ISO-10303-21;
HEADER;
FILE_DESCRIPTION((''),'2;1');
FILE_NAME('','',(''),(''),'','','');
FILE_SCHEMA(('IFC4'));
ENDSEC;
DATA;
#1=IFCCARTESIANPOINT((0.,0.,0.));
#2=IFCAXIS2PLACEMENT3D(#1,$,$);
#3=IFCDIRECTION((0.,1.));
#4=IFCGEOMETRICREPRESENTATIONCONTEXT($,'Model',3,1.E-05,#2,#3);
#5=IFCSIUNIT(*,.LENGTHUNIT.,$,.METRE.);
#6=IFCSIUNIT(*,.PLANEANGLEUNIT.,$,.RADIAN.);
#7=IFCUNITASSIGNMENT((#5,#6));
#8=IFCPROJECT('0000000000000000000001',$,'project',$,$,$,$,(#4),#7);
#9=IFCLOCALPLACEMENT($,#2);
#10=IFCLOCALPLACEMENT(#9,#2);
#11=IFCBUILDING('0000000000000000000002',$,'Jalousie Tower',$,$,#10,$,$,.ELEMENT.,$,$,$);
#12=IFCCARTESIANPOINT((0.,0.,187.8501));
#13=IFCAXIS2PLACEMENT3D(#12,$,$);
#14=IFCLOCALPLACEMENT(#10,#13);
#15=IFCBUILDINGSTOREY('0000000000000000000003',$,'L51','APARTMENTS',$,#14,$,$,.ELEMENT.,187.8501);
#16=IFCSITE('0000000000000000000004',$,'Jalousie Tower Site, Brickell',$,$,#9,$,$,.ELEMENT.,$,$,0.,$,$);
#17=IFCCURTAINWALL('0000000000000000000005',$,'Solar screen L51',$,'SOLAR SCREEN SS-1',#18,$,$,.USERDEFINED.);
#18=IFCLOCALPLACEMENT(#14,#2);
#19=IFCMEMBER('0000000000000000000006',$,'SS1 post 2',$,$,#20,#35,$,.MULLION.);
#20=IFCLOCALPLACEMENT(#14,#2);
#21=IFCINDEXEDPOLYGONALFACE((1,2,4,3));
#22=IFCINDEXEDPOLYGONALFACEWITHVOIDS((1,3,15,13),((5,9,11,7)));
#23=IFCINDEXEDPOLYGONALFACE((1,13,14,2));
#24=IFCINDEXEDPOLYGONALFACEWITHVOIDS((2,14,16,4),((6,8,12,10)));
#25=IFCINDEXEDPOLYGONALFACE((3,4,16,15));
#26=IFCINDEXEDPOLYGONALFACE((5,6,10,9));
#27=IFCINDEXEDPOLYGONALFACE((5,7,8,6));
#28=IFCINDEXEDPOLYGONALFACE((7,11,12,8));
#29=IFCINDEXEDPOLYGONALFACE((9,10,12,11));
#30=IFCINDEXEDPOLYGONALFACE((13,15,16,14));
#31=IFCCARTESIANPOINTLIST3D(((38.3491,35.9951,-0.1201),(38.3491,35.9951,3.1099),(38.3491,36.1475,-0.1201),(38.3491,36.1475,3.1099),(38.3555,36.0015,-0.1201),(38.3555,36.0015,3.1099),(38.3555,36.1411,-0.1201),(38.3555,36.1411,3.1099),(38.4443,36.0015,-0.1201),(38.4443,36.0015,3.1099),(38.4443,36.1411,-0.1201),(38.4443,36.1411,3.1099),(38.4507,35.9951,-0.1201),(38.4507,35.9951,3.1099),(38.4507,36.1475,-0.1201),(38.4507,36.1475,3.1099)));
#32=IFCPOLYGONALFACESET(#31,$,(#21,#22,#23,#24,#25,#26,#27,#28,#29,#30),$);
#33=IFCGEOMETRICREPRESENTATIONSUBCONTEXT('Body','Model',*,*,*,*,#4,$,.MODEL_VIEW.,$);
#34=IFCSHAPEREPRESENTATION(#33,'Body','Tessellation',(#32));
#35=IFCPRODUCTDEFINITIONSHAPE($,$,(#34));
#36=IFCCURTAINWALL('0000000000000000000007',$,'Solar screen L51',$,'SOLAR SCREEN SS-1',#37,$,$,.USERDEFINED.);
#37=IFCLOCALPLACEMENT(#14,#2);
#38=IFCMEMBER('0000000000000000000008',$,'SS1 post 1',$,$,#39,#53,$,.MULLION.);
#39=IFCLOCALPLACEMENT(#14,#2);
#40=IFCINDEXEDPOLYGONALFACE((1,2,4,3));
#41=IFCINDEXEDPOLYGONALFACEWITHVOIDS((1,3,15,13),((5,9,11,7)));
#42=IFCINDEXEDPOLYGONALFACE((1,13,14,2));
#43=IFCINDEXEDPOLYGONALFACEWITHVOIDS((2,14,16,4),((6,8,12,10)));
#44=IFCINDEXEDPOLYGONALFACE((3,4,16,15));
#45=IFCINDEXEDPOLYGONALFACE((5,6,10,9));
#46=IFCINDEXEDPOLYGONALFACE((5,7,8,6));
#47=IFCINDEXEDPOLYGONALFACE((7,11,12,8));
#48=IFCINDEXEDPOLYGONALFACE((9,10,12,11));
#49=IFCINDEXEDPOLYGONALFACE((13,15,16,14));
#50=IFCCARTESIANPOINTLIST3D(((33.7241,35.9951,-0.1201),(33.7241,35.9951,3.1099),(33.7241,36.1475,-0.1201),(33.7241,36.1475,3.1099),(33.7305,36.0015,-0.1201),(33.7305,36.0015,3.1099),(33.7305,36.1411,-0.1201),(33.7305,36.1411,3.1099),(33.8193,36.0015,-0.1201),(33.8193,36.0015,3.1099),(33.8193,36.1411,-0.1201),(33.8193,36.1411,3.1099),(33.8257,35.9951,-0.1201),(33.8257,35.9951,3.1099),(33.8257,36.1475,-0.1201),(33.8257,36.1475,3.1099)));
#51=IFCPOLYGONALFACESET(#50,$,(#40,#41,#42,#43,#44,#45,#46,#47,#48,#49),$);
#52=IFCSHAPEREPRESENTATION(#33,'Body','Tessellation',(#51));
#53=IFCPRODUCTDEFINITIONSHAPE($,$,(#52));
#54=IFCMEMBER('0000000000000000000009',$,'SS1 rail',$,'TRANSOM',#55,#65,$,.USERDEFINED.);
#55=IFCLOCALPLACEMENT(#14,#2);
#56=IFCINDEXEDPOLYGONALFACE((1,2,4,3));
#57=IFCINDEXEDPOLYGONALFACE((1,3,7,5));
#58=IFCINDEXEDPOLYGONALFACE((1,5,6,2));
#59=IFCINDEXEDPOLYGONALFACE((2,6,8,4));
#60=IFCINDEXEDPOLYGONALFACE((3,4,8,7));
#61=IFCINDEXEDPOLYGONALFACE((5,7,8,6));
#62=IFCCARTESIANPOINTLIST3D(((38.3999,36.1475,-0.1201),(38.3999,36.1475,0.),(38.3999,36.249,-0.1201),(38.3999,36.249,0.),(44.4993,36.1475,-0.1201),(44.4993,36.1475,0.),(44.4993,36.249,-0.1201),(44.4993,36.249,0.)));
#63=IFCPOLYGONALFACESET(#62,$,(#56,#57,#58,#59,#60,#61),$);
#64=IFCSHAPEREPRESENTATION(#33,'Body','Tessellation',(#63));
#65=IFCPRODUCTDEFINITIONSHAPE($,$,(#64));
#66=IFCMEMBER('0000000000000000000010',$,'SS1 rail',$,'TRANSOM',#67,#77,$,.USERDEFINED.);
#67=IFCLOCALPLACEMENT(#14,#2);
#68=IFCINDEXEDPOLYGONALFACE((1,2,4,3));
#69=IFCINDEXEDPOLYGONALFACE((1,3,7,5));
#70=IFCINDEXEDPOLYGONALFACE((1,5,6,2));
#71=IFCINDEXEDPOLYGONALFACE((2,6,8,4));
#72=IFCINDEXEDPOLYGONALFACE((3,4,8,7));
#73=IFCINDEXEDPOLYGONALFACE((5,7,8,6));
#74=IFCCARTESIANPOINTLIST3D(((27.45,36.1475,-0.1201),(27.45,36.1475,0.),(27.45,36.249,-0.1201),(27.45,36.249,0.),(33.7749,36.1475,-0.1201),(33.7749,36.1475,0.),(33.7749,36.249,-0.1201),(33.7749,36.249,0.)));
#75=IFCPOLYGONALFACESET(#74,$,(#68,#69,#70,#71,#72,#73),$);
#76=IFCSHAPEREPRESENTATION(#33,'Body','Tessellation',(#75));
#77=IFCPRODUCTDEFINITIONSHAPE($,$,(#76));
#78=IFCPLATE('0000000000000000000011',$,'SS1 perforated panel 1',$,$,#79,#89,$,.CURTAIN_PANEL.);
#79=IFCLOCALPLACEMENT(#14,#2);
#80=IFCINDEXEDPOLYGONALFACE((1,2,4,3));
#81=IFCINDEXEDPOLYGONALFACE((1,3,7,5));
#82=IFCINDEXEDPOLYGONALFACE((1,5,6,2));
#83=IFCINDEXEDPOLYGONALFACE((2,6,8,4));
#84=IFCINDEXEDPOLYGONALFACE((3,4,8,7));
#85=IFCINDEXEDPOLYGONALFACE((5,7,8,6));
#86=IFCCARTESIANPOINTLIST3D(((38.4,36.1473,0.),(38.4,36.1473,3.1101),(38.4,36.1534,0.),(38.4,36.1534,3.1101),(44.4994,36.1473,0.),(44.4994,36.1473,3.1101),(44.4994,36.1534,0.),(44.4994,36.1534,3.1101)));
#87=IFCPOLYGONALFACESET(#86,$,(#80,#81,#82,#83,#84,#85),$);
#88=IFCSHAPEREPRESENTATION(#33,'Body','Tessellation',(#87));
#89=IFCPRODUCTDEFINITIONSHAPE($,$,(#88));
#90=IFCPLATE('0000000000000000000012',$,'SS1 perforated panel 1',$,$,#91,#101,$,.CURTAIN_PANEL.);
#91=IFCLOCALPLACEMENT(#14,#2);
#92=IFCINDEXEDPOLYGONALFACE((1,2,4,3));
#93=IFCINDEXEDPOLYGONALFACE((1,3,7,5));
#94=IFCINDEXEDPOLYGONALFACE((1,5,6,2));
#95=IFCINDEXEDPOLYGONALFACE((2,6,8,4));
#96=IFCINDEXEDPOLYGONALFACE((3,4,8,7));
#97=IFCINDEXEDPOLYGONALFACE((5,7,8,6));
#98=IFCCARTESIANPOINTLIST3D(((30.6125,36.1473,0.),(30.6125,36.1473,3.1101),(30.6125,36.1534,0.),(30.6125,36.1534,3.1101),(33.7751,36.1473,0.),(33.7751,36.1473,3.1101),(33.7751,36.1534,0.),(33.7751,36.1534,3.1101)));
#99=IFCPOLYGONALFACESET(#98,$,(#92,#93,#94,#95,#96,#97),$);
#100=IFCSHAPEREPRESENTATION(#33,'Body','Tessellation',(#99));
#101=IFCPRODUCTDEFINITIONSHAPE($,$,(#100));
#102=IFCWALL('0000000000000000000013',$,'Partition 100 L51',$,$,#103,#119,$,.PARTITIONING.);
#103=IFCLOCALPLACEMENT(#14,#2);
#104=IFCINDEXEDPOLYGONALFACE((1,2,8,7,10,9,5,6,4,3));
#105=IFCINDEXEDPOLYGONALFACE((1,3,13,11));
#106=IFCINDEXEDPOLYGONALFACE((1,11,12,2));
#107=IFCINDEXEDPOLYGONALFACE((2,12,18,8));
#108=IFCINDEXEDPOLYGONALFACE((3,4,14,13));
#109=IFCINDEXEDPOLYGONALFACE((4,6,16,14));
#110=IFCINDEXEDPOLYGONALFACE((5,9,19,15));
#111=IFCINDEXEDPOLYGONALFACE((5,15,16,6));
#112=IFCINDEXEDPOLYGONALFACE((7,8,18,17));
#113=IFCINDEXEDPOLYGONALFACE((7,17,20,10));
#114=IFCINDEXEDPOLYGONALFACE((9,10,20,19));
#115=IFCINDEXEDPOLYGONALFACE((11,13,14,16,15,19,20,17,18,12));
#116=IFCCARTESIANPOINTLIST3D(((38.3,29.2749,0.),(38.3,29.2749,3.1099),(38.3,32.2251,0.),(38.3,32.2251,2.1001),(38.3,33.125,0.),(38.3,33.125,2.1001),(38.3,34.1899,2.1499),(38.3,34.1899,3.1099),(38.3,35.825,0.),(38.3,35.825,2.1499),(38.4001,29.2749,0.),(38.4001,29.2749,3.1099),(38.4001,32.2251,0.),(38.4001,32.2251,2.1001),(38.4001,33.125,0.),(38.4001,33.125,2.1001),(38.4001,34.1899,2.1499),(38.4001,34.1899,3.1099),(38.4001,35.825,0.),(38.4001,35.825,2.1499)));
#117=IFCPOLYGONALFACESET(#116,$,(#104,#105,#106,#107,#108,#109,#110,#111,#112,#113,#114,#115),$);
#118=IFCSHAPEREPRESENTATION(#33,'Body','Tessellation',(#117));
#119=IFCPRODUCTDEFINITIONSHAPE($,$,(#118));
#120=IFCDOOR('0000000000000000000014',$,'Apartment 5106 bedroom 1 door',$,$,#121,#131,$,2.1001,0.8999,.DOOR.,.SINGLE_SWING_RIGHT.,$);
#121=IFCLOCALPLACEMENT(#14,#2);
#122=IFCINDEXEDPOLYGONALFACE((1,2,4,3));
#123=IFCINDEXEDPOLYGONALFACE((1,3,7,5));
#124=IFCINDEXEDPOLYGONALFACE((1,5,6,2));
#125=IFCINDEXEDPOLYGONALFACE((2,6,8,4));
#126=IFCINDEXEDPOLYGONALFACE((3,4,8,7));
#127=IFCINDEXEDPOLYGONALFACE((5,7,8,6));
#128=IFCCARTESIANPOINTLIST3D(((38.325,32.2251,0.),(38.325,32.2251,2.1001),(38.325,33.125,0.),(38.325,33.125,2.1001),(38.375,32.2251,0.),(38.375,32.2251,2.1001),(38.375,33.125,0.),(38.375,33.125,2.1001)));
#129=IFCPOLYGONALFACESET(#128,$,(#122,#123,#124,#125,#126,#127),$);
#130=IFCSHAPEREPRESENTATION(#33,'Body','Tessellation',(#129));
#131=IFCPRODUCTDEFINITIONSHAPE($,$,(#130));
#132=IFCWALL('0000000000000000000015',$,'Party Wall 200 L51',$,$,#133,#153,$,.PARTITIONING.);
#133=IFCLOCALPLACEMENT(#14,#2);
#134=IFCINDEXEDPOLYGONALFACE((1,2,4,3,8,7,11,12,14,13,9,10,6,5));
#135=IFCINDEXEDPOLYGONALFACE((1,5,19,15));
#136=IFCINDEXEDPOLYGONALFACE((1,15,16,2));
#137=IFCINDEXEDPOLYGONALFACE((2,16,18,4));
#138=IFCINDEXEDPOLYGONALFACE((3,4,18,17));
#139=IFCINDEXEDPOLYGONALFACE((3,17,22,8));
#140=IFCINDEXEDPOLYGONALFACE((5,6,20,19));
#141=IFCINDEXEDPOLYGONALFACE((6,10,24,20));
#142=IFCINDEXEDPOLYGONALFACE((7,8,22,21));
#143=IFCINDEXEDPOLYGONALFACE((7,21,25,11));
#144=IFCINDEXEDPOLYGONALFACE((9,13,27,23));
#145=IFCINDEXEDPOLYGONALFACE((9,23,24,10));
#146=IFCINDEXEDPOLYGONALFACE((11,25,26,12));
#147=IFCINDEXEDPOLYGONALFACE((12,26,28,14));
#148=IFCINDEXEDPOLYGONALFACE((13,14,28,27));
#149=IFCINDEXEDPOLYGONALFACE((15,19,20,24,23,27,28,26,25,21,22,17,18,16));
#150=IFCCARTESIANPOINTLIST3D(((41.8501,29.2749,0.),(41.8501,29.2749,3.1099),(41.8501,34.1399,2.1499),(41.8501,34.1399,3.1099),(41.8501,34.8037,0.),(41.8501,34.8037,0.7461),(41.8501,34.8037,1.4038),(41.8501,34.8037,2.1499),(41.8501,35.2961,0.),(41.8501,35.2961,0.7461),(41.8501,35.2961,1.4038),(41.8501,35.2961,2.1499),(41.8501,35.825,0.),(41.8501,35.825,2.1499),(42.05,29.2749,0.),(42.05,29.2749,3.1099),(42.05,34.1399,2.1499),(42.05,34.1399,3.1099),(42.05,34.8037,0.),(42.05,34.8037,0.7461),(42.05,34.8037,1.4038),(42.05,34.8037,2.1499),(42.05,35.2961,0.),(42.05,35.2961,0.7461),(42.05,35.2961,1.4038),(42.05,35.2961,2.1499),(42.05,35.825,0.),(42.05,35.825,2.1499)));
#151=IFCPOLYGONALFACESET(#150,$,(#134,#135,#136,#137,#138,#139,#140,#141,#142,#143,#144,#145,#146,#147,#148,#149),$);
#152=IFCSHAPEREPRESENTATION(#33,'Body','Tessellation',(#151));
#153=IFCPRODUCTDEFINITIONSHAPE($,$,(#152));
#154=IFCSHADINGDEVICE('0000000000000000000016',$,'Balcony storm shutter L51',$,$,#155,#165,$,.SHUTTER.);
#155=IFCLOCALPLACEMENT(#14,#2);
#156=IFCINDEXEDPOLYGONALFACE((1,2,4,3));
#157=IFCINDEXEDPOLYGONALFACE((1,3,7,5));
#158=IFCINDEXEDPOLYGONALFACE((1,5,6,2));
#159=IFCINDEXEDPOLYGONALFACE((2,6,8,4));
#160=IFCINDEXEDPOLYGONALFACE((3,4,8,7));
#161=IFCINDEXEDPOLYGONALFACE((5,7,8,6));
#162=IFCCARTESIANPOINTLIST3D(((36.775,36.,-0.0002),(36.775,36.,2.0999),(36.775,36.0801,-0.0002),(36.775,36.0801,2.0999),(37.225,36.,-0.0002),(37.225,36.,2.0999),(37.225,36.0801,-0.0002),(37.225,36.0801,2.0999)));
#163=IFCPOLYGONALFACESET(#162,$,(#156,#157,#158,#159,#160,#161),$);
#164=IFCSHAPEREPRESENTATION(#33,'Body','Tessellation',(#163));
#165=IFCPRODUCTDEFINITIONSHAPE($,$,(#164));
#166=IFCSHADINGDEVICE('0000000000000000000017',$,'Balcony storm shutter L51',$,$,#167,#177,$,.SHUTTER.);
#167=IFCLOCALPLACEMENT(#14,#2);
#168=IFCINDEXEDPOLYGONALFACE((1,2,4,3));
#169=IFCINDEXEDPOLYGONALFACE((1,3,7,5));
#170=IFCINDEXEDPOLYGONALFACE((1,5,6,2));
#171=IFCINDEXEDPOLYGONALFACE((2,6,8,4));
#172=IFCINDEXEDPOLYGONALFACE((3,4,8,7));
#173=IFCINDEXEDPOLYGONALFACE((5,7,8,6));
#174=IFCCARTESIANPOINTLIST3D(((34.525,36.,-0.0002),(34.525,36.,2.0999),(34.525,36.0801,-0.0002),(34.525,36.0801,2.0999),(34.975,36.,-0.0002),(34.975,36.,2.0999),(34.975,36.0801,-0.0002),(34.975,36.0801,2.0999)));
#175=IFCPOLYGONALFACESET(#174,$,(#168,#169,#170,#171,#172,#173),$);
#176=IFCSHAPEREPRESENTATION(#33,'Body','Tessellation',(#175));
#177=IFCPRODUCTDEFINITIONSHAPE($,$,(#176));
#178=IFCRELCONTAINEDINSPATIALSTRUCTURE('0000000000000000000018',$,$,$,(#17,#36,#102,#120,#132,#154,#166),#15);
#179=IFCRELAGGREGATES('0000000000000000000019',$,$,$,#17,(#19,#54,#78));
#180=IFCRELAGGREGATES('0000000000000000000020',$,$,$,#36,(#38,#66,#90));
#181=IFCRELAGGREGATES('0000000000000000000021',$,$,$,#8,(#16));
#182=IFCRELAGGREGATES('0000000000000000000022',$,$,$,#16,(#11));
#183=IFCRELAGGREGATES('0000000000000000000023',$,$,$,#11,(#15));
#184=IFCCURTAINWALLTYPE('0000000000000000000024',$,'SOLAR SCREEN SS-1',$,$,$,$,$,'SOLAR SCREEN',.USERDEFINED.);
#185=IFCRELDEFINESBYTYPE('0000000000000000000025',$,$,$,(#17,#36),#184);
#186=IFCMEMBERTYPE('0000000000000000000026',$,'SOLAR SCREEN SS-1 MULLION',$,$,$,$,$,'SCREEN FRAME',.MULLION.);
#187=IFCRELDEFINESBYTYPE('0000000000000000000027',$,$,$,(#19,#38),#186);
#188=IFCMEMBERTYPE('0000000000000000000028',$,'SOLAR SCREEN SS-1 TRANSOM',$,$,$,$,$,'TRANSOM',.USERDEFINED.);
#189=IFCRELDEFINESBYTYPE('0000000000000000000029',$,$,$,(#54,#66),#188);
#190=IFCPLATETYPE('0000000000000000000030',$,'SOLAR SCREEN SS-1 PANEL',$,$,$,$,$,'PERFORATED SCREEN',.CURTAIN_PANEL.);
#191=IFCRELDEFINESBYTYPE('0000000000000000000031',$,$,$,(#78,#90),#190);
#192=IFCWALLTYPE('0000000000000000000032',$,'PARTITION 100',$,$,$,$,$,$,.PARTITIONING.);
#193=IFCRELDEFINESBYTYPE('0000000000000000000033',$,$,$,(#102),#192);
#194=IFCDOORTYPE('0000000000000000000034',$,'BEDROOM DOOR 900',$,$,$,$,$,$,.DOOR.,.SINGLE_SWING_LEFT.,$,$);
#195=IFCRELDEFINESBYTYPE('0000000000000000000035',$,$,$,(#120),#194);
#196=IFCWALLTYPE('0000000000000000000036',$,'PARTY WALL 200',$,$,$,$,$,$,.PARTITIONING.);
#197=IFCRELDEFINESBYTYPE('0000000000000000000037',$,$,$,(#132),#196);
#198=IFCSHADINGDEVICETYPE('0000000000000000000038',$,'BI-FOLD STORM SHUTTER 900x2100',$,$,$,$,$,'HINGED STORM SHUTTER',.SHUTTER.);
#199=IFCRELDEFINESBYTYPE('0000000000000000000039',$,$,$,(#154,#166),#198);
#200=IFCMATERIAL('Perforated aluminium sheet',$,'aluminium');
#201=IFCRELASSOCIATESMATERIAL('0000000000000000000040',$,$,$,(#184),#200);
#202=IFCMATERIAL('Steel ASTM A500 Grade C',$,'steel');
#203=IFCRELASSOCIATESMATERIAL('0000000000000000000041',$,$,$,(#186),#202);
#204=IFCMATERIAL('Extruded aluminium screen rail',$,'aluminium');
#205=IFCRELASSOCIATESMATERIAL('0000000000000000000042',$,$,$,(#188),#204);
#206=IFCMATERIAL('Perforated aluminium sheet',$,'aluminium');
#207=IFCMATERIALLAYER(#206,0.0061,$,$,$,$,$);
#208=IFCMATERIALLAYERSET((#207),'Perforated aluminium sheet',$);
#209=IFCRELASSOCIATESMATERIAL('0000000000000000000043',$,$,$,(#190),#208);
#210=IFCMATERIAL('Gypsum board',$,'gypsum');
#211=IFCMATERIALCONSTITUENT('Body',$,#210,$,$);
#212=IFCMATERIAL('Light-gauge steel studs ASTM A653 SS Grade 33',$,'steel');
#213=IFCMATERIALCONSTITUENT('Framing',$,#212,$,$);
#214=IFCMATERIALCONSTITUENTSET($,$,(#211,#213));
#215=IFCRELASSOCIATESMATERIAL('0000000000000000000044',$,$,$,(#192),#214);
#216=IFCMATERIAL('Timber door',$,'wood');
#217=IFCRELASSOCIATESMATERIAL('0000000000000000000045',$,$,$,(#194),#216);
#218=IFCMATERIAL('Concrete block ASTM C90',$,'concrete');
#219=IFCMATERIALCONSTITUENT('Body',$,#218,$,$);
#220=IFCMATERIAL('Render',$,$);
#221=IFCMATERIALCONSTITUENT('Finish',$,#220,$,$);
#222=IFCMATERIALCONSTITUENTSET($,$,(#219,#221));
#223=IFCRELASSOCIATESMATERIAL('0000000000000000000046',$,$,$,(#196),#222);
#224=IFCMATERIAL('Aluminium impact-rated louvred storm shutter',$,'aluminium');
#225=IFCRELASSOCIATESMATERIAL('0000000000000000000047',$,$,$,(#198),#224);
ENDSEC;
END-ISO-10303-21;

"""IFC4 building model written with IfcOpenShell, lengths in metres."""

from ifc_helpers import new_model, si_unit, direction, frame, frame_2d, origin, origin_2d, place, context, subcontext, project, spatial, polyline, rectangle, hollow_rectangle, outline, extrude, material, layer, layer_set, constituent, constituent_set, material_profile, profile_set, type_object, element, fill, aggregate, save


model = new_model("IFC4")

# Units and contexts
model_context = context("Model", 3, precision=1e-05, world=origin(), true_north=direction((0.0, 1.0)))
body_context = subcontext(model_context, "Body", "Model", "MODEL_VIEW")
ifc_project = project(units=[si_unit("LENGTHUNIT", "METRE"), si_unit("PLANEANGLEUNIT", "RADIAN")], contexts=[model_context])

# Site, building, storey
site_placement = place(None, origin())
site = spatial("IfcSite", under=ifc_project, at=site_placement, Name="Jalousie Tower Site, Brickell", CompositionType="ELEMENT", RefElevation=0.0)
building_placement = place(site_placement, origin())
building = spatial("IfcBuilding", under=site, at=building_placement, Name="Jalousie Tower", CompositionType="ELEMENT")
storey_placement = place(building_placement, frame((0.0, 0.0, 187.8501)))
storey = spatial("IfcBuildingStorey", under=building, at=storey_placement, Name="L51", Description="APARTMENTS", CompositionType="ELEMENT", Elevation=187.8501)

# Curtain wall, member
ifc_material_1 = material(Name="Perforated aluminium sheet", Category="aluminium")
curtain_wall_type = type_object("IfcCurtainWallType", Name="SOLAR SCREEN SS-1", ElementType="SOLAR SCREEN", PredefinedType="USERDEFINED", material=ifc_material_1)
curtain_wall_1_placement = place(storey_placement, origin())
curtain_wall_1 = element("IfcCurtainWall", 1, at=curtain_wall_1_placement, inside=storey, type_object=curtain_wall_type, Name="Solar screen L51", ObjectType="SOLAR SCREEN SS-1", PredefinedType="USERDEFINED")
ifc_material_2 = material(Name="Steel ASTM A500 Grade C", Category="steel")
ifc_material_profile_1 = material_profile(ifc_material_2, hollow_rectangle(XDim=0.1016, YDim=0.1523, WallThickness=0.0063, at=origin_2d()), Name="HSS6X4X1/4")
ifc_profile_set_1 = profile_set([ifc_material_profile_1], Name="Steel ASTM A500 Grade C")
member_type_1 = type_object("IfcMemberType", Name="SOLAR SCREEN SS-1 MULLION", ElementType="SCREEN FRAME", PredefinedType="MULLION", material=ifc_profile_set_1)
member_1_placement = place(storey_placement, frame((38.3999, 36.0713, -0.1201), z_axis=(0.0, 0.0, 1.0), x_axis=(-1.0, 0.0, 0.0)))
member_1 = element("IfcMember", 2, at=member_1_placement, type_object=member_type_1, Name="SS1 post 2", PredefinedType="MULLION", context=body_context, shape_type="SweptSolid", body=[
    extrude(hollow_rectangle(XDim=0.1016, YDim=0.1523, WallThickness=0.0063, at=origin_2d()), origin(), (0.0, 0.0, 1.0), 3.23),
])

# Curtain wall, member
curtain_wall_2_placement = place(storey_placement, origin())
curtain_wall_2 = element("IfcCurtainWall", 3, at=curtain_wall_2_placement, inside=storey, type_object=curtain_wall_type, Name="Solar screen L51", ObjectType="SOLAR SCREEN SS-1", PredefinedType="USERDEFINED")
member_2_placement = place(storey_placement, frame((33.7749, 36.0713, -0.1201), z_axis=(0.0, 0.0, 1.0), x_axis=(-1.0, 0.0, 0.0)))
member_2 = element("IfcMember", 4, at=member_2_placement, type_object=member_type_1, Name="SS1 post 1", PredefinedType="MULLION", context=body_context, shape_type="SweptSolid", body=[
    extrude(hollow_rectangle(XDim=0.1016, YDim=0.1523, WallThickness=0.0063, at=origin_2d()), origin(), (0.0, 0.0, 1.0), 3.23),
])

# Members
ifc_material_3 = material(Name="Extruded aluminium screen rail", Category="aluminium")
ifc_material_profile_2 = material_profile(ifc_material_3, rectangle(XDim=0.1016, YDim=0.1201, at=origin_2d()), Name="RAIL 102x120")
ifc_profile_set_2 = profile_set([ifc_material_profile_2], Name="Extruded aluminium screen rail")
member_type_2 = type_object("IfcMemberType", Name="SOLAR SCREEN SS-1 TRANSOM", ElementType="TRANSOM", PredefinedType="USERDEFINED", material=ifc_profile_set_2)
member_3_placement = place(storey_placement, frame((44.4993, 36.1982, -0.0601), z_axis=(-1.0, 0.0, 0.0), x_axis=(0.0, -1.0, 0.0)))
member_3 = element("IfcMember", 5, at=member_3_placement, type_object=member_type_2, Name="SS1 rail", ObjectType="TRANSOM", PredefinedType="USERDEFINED", context=body_context, shape_type="SweptSolid", body=[
    extrude(rectangle(XDim=0.1016, YDim=0.1201, at=origin_2d()), origin(), (0.0, 0.0, 1.0), 6.0994),
])
member_4_placement = place(storey_placement, frame((33.7749, 36.1982, -0.0601), z_axis=(-1.0, 0.0, 0.0), x_axis=(0.0, -1.0, 0.0)))
member_4 = element("IfcMember", 6, at=member_4_placement, type_object=member_type_2, Name="SS1 rail", ObjectType="TRANSOM", PredefinedType="USERDEFINED", context=body_context, shape_type="SweptSolid", body=[
    extrude(rectangle(XDim=0.1016, YDim=0.1201, at=origin_2d()), origin(), (0.0, 0.0, 1.0), 6.325),
])

# Plates
ifc_material_4 = material(Name="Perforated aluminium sheet", Category="aluminium")
ifc_layer_1 = layer(ifc_material_4, 0.0061)
ifc_layer_set_1 = layer_set([ifc_layer_1], Name="Perforated aluminium sheet")
plate_type = type_object("IfcPlateType", Name="SOLAR SCREEN SS-1 PANEL", ElementType="PERFORATED SCREEN", PredefinedType="CURTAIN_PANEL", material=ifc_layer_set_1)
plate_1_placement = place(storey_placement, frame((41.4497, 36.1504, 0.0), z_axis=(0.0, 0.0, 1.0), x_axis=(-1.0, 0.0, 0.0)))
plate_1 = element("IfcPlate", 7, at=plate_1_placement, type_object=plate_type, Name="SS1 perforated panel 1", PredefinedType="CURTAIN_PANEL", context=body_context, shape_type="SweptSolid", body=[
    extrude(rectangle(XDim=6.0994, YDim=0.0061, at=origin_2d()), origin(), (0.0, 0.0, 1.0), 3.1101),
])
aggregate(curtain_wall_1, [member_1, member_3, plate_1])
plate_2_placement = place(storey_placement, frame((32.1938, 36.1504, 0.0), z_axis=(0.0, 0.0, 1.0), x_axis=(-1.0, 0.0, 0.0)))
plate_2 = element("IfcPlate", 8, at=plate_2_placement, type_object=plate_type, Name="SS1 perforated panel 1", PredefinedType="CURTAIN_PANEL", context=body_context, shape_type="SweptSolid", body=[
    extrude(rectangle(XDim=3.1626, YDim=0.0061, at=origin_2d()), origin(), (0.0, 0.0, 1.0), 3.1101),
])
aggregate(curtain_wall_2, [member_2, member_4, plate_2])

# Wall, opening, door
ifc_material_5 = material(Name="Gypsum board", Category="gypsum")
ifc_constituent_1 = constituent(ifc_material_5, Name="Body")
ifc_material_6 = material(Name="Light-gauge steel studs ASTM A653 SS Grade 33", Category="steel")
ifc_constituent_2 = constituent(ifc_material_6, Name="Framing")
ifc_constituent_set_1 = constituent_set(constituents=[ifc_constituent_1, ifc_constituent_2])
wall_type_1 = type_object("IfcWallType", Name="PARTITION 100", PredefinedType="PARTITIONING", material=ifc_constituent_set_1)
wall_1_placement = place(storey_placement, frame((38.3501, 35.825, 0.0), z_axis=(0.0, 0.0, 1.0), x_axis=(0.0, -1.0, 0.0)))
wall_1 = element("IfcWall", 9, at=wall_1_placement, inside=storey, type_object=wall_type_1, Name="Partition 100 L51", PredefinedType="PARTITIONING", context=body_context, shape_type="SweptSolid", body=[
    extrude(outline(polyline([(0.0, 0.0), (6.55, 0.0), (6.55, 3.1099), (1.635, 3.1099), (1.635, 2.1499), (0.0, 2.1499), (0.0, 3.1099), (0.0, 0.0)])), frame((0.0, 0.05, 0.0), z_axis=(0.0, -1.0, 0.0), x_axis=(1.0, 0.0, 0.0)), (0.0, 0.0, 1.0), 0.1001),
])
opening_placement = place(wall_1_placement, frame((2.7, 0.0, 0.0)))
opening = element("IfcOpeningElement", 10, at=opening_placement, cuts=wall_1, PredefinedType="OPENING", context=body_context, shape_type="SweptSolid", body=[
    extrude(rectangle(XDim=0.8999, YDim=2.1001, at=frame_2d((0.45, 1.05))), frame((0.0, 0.0601, 0.0), z_axis=(0.0, -1.0, 0.0), x_axis=(1.0, 0.0, 0.0)), (0.0, 0.0, 1.0), 0.1201),
])
ifc_material_7 = material(Name="Timber door", Category="wood")
door_type = type_object("IfcDoorType", Name="BEDROOM DOOR 900", OperationType="SINGLE_SWING_LEFT", PredefinedType="DOOR", material=ifc_material_7)
door_placement = place(opening_placement, origin())
door = element("IfcDoor", 11, at=door_placement, inside=storey, type_object=door_type, Name="Apartment 5106 bedroom 1 door", OperationType="SINGLE_SWING_RIGHT", OverallHeight=2.1001, OverallWidth=0.8999, PredefinedType="DOOR", context=body_context, shape_type="SweptSolid", body=[
    extrude(rectangle(XDim=0.8999, YDim=2.1001, at=frame_2d((0.45, 1.05))), frame((0.0, 0.0249, 0.0), z_axis=(0.0, -1.0, 0.0), x_axis=(1.0, 0.0, 0.0)), (0.0, 0.0, 1.0), 0.05),
])
fill(opening, door)

# Wall
ifc_material_8 = material(Name="Concrete block ASTM C90", Category="concrete")
ifc_constituent_3 = constituent(ifc_material_8, Name="Body")
ifc_material_9 = material(Name="Render")
ifc_constituent_4 = constituent(ifc_material_9, Name="Finish")
ifc_constituent_set_2 = constituent_set(constituents=[ifc_constituent_3, ifc_constituent_4])
wall_type_2 = type_object("IfcWallType", Name="PARTY WALL 200", PredefinedType="PARTITIONING", material=ifc_constituent_set_2)
wall_2_placement = place(storey_placement, frame((41.95, 35.825, 0.0), z_axis=(0.0, 0.0, 1.0), x_axis=(0.0, -1.0, 0.0)))
element("IfcWall", 12, at=wall_2_placement, inside=storey, type_object=wall_type_2, Name="Party Wall 200 L51", PredefinedType="PARTITIONING", context=body_context, shape_type="SweptSolid", body=[
    extrude(outline(polyline([(0.5288, 2.1499), (0.0, 2.1499), (0.0, 0.0), (0.5288, 0.0), (0.5288, 0.7461), (1.0212, 0.7461), (1.0212, 0.0), (6.55, 0.0), (6.55, 3.1099), (1.6851, 3.1099), (1.6851, 2.1499), (1.0212, 2.1499), (1.0212, 1.4038), (0.5288, 1.4038), (0.5288, 2.1499)])), frame((0.0, 0.1001, 0.0), z_axis=(0.0, -1.0, 0.0), x_axis=(1.0, 0.0, 0.0)), (0.0, 0.0, 1.0), 0.2),
])

# Shading devices
ifc_material_10 = material(Name="Aluminium impact-rated louvred storm shutter", Category="aluminium")
shading_device_type_1 = type_object("IfcShadingDeviceType", Name="BI-FOLD STORM SHUTTER 900x2100", ElementType="HINGED STORM SHUTTER", PredefinedType="SHUTTER", material=ifc_material_10)
for number, where, z_axis, x_axis, name in (
    (13, (37.0, 36.04, -0.0002), (0.0, 0.0, 1.0), (-1.0, 0.0, 0.0), "Balcony storm shutter L51"),
    (14, (34.75, 36.04, -0.0002), (0.0, 0.0, 1.0), (-1.0, 0.0, 0.0), "Balcony storm shutter L51"),
):
    element("IfcShadingDevice", number, at=place(storey_placement, frame(where, z_axis=z_axis, x_axis=x_axis)), inside=storey, type_object=shading_device_type_1, Name=name, PredefinedType="SHUTTER", context=body_context, shape_type="SweptSolid", body=[
        extrude(rectangle(XDim=0.45, YDim=0.0801, at=origin_2d()), origin(), (0.0, 0.0, 1.0), 2.1001),
    ])

save(model, "model.ifc")
